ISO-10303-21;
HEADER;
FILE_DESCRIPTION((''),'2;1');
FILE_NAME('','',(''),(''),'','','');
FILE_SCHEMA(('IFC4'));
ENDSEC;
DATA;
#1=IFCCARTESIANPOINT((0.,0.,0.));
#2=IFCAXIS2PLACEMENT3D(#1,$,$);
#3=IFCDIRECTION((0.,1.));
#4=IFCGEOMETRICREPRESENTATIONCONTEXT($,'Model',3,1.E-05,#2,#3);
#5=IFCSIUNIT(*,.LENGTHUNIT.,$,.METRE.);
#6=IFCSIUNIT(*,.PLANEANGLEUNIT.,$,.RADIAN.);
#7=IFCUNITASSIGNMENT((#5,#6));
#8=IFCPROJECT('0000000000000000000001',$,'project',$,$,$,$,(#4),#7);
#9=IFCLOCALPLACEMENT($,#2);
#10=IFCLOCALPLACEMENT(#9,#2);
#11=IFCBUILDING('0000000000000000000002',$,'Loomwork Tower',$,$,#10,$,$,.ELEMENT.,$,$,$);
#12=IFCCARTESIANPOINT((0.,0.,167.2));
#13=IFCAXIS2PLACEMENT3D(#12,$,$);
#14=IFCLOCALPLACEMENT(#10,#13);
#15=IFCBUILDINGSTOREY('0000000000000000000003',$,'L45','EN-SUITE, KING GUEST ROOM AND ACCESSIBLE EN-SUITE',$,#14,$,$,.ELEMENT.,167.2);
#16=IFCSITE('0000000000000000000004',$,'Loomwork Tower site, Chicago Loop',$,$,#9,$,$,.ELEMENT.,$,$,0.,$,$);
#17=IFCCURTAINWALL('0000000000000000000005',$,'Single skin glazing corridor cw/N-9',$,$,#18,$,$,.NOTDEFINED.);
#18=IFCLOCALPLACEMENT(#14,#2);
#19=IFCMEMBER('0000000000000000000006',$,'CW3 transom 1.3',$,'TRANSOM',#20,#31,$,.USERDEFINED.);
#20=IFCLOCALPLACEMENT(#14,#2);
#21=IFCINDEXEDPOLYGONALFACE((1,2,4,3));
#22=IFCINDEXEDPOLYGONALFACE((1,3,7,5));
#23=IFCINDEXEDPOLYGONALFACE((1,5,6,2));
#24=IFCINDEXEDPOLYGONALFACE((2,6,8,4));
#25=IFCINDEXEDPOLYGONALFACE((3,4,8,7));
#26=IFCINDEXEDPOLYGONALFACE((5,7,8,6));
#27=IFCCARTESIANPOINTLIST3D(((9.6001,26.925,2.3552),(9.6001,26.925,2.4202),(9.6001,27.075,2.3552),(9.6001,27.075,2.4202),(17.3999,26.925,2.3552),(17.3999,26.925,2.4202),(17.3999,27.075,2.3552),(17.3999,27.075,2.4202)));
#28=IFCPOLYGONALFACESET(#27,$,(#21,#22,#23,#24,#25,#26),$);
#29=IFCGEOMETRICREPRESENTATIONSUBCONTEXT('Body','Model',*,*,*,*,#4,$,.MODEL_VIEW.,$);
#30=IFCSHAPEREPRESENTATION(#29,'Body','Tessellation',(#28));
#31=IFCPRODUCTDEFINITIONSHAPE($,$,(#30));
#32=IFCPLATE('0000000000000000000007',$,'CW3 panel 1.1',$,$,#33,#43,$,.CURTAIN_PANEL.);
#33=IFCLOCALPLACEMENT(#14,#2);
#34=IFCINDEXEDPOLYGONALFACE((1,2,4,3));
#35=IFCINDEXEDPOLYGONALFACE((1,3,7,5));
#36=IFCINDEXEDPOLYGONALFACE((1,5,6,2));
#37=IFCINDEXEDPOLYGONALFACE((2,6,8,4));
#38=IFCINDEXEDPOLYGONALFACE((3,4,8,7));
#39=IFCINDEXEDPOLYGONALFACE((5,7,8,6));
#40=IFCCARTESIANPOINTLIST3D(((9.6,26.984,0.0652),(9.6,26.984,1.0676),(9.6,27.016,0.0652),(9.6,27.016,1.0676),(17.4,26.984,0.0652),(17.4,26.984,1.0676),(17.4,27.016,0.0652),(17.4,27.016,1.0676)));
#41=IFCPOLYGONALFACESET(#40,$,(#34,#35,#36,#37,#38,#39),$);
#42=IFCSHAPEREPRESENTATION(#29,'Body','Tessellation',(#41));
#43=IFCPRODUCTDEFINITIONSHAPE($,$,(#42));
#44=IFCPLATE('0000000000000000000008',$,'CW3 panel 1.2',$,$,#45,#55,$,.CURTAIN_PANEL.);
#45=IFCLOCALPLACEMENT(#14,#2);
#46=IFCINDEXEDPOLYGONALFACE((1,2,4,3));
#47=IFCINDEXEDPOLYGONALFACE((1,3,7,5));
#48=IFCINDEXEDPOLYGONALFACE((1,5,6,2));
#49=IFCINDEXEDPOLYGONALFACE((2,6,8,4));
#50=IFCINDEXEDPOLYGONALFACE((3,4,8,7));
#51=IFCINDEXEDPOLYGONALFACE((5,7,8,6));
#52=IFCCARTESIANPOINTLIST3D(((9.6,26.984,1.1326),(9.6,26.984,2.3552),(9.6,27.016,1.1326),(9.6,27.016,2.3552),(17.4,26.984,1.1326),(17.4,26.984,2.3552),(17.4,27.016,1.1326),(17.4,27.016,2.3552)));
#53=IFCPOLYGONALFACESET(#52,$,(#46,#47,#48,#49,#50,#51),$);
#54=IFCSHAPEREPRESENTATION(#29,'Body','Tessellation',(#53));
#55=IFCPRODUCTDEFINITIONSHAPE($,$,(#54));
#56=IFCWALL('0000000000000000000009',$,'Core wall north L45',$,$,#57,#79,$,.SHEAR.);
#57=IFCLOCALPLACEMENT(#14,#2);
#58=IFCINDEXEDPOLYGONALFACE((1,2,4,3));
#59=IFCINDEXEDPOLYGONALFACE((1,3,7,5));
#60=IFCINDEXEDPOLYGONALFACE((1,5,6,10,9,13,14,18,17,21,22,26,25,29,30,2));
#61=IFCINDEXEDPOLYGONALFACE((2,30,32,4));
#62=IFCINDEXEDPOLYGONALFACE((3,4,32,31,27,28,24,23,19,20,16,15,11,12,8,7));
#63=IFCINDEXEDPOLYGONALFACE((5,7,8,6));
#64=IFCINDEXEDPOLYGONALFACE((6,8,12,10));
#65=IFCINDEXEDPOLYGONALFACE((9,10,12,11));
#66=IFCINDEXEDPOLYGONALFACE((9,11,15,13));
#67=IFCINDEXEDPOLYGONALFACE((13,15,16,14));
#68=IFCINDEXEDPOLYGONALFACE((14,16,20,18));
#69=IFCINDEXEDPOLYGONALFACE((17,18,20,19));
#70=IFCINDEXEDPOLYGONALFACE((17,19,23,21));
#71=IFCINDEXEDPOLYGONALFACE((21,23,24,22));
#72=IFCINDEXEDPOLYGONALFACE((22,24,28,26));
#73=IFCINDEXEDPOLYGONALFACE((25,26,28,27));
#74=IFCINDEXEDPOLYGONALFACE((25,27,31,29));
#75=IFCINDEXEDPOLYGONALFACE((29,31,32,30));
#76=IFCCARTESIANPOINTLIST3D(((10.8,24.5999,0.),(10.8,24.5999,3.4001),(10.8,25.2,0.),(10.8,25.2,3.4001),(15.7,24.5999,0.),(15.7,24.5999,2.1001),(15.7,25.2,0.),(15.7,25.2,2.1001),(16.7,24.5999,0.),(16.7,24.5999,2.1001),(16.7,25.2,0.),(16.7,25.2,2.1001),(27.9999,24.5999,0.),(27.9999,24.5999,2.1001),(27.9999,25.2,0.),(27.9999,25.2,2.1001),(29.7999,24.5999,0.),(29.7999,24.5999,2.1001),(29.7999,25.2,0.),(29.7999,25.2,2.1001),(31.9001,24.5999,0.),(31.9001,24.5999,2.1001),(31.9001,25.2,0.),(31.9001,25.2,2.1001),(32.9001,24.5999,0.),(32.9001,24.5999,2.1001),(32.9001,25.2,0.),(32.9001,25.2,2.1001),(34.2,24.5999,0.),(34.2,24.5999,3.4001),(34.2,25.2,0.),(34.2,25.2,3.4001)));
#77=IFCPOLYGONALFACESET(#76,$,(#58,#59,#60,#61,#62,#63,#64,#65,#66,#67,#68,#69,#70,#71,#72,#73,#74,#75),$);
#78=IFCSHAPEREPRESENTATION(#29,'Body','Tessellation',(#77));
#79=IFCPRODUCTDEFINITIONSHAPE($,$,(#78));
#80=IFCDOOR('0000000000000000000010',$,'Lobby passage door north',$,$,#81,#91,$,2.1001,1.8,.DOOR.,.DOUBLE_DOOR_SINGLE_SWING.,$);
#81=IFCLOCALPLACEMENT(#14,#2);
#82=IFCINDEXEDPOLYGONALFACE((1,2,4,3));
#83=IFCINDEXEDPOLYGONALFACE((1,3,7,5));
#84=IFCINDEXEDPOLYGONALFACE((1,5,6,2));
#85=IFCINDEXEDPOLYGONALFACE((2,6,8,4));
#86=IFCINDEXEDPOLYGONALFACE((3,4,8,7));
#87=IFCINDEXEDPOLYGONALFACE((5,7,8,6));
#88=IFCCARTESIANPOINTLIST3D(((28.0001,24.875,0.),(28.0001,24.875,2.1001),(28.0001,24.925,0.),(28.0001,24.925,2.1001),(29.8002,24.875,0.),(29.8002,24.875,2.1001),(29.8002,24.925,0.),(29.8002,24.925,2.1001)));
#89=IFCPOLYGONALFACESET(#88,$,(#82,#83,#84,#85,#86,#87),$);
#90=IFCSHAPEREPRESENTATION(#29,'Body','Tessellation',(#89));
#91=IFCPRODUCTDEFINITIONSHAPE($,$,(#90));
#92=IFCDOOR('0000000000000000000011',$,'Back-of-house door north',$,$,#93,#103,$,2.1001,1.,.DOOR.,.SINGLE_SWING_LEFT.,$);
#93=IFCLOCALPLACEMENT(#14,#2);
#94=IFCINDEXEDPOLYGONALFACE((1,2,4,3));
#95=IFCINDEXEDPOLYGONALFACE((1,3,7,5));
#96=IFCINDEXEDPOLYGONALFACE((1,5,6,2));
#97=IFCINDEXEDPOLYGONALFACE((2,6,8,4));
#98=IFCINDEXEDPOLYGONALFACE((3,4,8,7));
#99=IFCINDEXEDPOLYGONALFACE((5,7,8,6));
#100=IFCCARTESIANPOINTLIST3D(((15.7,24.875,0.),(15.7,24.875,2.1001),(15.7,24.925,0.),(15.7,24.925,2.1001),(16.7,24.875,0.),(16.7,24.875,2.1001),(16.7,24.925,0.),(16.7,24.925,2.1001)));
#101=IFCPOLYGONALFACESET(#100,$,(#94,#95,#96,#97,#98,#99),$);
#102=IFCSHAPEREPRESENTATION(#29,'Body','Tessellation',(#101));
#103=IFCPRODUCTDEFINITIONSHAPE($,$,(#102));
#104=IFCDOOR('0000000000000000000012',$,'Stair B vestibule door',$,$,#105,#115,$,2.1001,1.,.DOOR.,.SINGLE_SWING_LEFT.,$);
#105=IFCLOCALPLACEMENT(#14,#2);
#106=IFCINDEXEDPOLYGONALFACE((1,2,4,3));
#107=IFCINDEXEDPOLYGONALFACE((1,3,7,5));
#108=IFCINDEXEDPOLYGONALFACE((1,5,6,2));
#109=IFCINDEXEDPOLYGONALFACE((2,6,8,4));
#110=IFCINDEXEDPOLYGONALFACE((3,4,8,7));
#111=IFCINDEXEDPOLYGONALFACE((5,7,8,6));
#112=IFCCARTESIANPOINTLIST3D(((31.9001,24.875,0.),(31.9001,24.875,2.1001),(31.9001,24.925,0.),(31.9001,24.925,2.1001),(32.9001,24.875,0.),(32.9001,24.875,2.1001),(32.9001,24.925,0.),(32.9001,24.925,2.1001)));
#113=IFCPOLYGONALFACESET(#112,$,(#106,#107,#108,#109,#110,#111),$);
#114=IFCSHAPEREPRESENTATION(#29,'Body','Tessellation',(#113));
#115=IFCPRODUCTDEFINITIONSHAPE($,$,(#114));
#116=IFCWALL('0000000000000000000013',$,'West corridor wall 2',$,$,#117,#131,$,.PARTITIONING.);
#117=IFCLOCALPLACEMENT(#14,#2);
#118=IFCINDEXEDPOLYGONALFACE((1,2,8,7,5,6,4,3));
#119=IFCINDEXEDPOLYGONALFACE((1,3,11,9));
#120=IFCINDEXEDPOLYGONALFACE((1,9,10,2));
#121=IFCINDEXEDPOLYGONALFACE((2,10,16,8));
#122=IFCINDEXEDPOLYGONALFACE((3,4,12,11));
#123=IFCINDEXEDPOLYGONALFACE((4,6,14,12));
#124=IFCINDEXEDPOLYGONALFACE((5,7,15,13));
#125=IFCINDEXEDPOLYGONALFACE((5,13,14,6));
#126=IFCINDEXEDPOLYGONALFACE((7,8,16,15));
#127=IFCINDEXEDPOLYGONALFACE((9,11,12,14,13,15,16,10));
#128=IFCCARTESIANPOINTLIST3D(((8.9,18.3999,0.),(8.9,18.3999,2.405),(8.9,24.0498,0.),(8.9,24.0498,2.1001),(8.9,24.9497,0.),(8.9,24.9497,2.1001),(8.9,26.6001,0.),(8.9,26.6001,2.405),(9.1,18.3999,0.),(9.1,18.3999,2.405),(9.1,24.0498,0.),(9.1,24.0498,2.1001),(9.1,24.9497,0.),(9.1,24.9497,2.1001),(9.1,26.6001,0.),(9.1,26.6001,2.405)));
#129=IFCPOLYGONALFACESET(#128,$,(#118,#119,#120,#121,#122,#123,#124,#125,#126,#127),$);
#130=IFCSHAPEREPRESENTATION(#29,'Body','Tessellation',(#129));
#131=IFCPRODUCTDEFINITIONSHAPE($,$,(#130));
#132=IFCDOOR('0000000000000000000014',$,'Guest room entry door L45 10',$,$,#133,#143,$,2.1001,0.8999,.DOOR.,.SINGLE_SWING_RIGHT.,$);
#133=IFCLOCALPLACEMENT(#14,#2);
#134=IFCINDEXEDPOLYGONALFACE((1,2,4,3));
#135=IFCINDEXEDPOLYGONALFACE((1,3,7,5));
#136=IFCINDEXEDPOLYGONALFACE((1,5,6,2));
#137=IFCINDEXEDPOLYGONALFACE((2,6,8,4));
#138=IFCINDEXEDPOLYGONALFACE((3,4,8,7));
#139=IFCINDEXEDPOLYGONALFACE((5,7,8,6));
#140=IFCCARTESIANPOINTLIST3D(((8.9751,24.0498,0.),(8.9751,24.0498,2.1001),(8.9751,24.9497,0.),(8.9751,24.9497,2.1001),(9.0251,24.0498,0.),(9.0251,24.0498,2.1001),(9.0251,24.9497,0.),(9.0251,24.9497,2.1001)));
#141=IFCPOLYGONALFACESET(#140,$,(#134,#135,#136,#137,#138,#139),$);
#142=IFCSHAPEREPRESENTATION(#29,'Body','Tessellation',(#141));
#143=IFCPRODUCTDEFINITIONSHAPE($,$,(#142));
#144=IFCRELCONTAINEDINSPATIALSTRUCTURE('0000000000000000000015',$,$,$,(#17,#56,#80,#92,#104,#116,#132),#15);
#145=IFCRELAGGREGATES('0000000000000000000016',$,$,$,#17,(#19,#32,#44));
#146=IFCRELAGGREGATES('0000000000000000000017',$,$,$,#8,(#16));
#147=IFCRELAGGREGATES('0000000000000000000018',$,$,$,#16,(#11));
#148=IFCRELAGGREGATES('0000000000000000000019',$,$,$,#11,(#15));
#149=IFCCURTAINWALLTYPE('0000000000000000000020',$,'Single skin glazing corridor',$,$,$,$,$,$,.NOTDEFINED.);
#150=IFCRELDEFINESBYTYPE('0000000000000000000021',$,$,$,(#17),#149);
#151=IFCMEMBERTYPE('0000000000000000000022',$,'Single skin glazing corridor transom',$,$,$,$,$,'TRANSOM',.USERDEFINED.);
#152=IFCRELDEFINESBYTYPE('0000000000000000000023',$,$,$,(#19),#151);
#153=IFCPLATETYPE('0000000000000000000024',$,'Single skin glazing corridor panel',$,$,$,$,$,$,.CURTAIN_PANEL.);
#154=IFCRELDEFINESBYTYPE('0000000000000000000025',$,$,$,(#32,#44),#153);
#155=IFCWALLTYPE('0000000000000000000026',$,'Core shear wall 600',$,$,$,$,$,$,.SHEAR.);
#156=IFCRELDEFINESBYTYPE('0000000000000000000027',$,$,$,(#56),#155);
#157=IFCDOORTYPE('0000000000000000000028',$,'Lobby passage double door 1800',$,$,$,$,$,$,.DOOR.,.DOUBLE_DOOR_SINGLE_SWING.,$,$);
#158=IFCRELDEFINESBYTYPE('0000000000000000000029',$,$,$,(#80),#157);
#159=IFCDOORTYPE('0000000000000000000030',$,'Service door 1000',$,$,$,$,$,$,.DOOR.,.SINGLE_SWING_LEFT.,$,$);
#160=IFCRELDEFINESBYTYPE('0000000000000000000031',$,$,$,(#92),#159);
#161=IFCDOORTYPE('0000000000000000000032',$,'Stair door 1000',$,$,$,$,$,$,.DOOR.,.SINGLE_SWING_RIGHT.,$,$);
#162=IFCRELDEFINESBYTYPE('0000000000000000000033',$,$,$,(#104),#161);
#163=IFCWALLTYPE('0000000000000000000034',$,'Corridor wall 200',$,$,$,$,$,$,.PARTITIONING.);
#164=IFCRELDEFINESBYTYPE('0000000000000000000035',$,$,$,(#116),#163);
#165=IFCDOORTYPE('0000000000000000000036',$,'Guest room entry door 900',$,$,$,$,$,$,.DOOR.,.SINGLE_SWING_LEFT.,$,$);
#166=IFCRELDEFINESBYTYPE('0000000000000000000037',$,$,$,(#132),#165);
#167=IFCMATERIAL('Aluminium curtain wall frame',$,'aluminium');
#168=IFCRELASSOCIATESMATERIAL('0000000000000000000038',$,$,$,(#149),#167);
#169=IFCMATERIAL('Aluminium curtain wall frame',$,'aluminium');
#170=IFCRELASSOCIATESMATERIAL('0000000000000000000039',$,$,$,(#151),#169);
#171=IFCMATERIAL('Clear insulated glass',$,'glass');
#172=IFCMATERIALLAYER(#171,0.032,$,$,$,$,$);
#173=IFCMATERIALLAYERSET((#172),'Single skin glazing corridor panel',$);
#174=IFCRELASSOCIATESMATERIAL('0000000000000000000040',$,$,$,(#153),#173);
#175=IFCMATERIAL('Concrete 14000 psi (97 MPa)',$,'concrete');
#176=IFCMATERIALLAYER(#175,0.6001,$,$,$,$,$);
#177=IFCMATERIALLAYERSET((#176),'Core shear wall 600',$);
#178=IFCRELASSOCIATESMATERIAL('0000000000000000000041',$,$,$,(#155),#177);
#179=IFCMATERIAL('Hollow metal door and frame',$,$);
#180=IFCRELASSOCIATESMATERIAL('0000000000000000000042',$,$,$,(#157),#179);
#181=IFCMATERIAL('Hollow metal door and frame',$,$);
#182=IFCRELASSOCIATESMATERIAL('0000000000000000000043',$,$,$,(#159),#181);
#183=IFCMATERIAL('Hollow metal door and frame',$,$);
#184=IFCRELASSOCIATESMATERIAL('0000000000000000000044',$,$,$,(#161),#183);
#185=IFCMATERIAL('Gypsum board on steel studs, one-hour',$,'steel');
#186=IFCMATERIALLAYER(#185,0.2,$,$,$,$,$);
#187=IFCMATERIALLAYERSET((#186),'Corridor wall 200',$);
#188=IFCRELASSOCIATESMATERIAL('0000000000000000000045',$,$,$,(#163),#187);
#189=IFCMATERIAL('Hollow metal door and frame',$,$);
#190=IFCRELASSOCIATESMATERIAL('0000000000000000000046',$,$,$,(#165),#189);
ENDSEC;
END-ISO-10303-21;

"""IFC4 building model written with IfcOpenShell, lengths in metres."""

from ifc_helpers import new_model, si_unit, direction, frame, frame_2d, origin, origin_2d, place, context, subcontext, project, spatial, rectangle, extrude, material, layer, layer_set, material_profile, profile_set, type_object, element, fill, aggregate, save


model = new_model("IFC4")

# Units and contexts
model_context = context("Model", 3, precision=1e-05, world=origin(), true_north=direction((0.0, 1.0)))
body_context = subcontext(model_context, "Body", "Model", "MODEL_VIEW")
ifc_project = project(units=[si_unit("LENGTHUNIT", "METRE"), si_unit("PLANEANGLEUNIT", "RADIAN")], contexts=[model_context])

# Site, building, storey
site_placement = place(None, origin())
site = spatial("IfcSite", under=ifc_project, at=site_placement, Name="Loomwork Tower site, Chicago Loop", CompositionType="ELEMENT", RefElevation=0.0)
building_placement = place(site_placement, origin())
building = spatial("IfcBuilding", under=site, at=building_placement, Name="Loomwork Tower", CompositionType="ELEMENT")
storey_placement = place(building_placement, frame((0.0, 0.0, 167.2)))
storey = spatial("IfcBuildingStorey", under=building, at=storey_placement, Name="L45", Description="EN-SUITE, KING GUEST ROOM AND ACCESSIBLE EN-SUITE", CompositionType="ELEMENT", Elevation=167.2)

# Shared definitions
ifc_material_1 = material(Name="Aluminium curtain wall frame", Category="aluminium")
curtain_wall_type = type_object("IfcCurtainWallType", Name="Single skin glazing corridor", PredefinedType="NOTDEFINED", material=ifc_material_1)

# Curtain wall
curtain_wall_1_placement = place(storey_placement, origin())
curtain_wall_1 = element("IfcCurtainWall", 1, at=curtain_wall_1_placement, inside=storey, type_object=curtain_wall_type, Name="Single skin glazing corridor cw/N-9", PredefinedType="NOTDEFINED")

# Member
ifc_material_2 = material(Name="Aluminium curtain wall frame", Category="aluminium")
ifc_material_profile_1 = material_profile(ifc_material_2, rectangle(XDim=0.1499, YDim=0.0649, at=origin_2d()), Name="AL 65x150")
ifc_profile_set_1 = profile_set([ifc_material_profile_1], Name="Aluminium curtain wall frame")
member_type_1 = type_object("IfcMemberType", Name="Single skin glazing corridor transom", ElementType="TRANSOM", PredefinedType="USERDEFINED", material=ifc_profile_set_1)
member_1_placement = place(storey_placement, frame((17.3999, 27.0, 2.3877), z_axis=(-1.0, 0.0, 0.0), x_axis=(0.0, -1.0, 0.0)))
member_1 = element("IfcMember", 2, at=member_1_placement, type_object=member_type_1, Name="CW3 transom 1.3", ObjectType="TRANSOM", PredefinedType="USERDEFINED", context=body_context, shape_type="SweptSolid", body=[
    extrude(rectangle(XDim=0.1499, YDim=0.0649, at=origin_2d()), origin(), (0.0, 0.0, 1.0), 7.7998),
])

# Plates
ifc_material_3 = material(Name="Clear insulated glass", Category="glass")
ifc_layer_1 = layer(ifc_material_3, 0.032)
ifc_layer_set_1 = layer_set([ifc_layer_1], Name="Single skin glazing corridor panel")
plate_type = type_object("IfcPlateType", Name="Single skin glazing corridor panel", PredefinedType="CURTAIN_PANEL", material=ifc_layer_set_1)
plate_1_placement = place(storey_placement, frame((13.5, 27.0, 0.0652), z_axis=(0.0, 0.0, 1.0), x_axis=(-1.0, 0.0, 0.0)))
plate_1 = element("IfcPlate", 3, at=plate_1_placement, type_object=plate_type, Name="CW3 panel 1.1", PredefinedType="CURTAIN_PANEL", context=body_context, shape_type="SweptSolid", body=[
    extrude(rectangle(XDim=7.8, YDim=0.032, at=origin_2d()), origin(), (0.0, 0.0, 1.0), 1.0024),
])
plate_2_placement = place(storey_placement, frame((13.5, 27.0, 1.1326), z_axis=(0.0, 0.0, 1.0), x_axis=(-1.0, 0.0, 0.0)))
plate_2 = element("IfcPlate", 4, at=plate_2_placement, type_object=plate_type, Name="CW3 panel 1.2", PredefinedType="CURTAIN_PANEL", context=body_context, shape_type="SweptSolid", body=[
    extrude(rectangle(XDim=7.8, YDim=0.032, at=origin_2d()), origin(), (0.0, 0.0, 1.0), 1.2227),
])
aggregate(curtain_wall_1, [member_1, plate_1, plate_2])

# Wall, openings, doors
ifc_material_4 = material(Name="Concrete 14000 psi (97 MPa)", Category="concrete")
ifc_layer_2 = layer(ifc_material_4, 0.6001)
ifc_layer_set_2 = layer_set([ifc_layer_2], Name="Core shear wall 600")
wall_type_1 = type_object("IfcWallType", Name="Core shear wall 600", PredefinedType="SHEAR", material=ifc_layer_set_2)
wall_1_placement = place(storey_placement, frame((10.8, 24.8999, 0.0), z_axis=(0.0, 0.0, 1.0), x_axis=(1.0, 0.0, 0.0)))
wall_1 = element("IfcWall", 5, at=wall_1_placement, inside=storey, type_object=wall_type_1, Name="Core wall north L45", PredefinedType="SHEAR", context=body_context, shape_type="SweptSolid", body=[
    extrude(rectangle(XDim=23.3999, YDim=0.6001, at=frame_2d((11.7, 0.0))), origin(), (0.0, 0.0, 1.0), 3.4001),
])
opening_1_placement = place(wall_1_placement, frame((17.2, 0.0, 0.0)))
opening_1 = element("IfcOpeningElement", 6, at=opening_1_placement, cuts=wall_1, PredefinedType="OPENING", context=body_context, shape_type="SweptSolid", body=[
    extrude(rectangle(XDim=1.8, YDim=2.1001, at=frame_2d((0.8999, 1.05))), frame((0.0, 0.3101, 0.0), z_axis=(0.0, -1.0, 0.0), x_axis=(1.0, 0.0, 0.0)), (0.0, 0.0, 1.0), 0.6201),
])
opening_2_placement = place(wall_1_placement, frame((21.1001, 0.0, 0.0)))
opening_2 = element("IfcOpeningElement", 7, at=opening_2_placement, cuts=wall_1, PredefinedType="OPENING", context=body_context, shape_type="SweptSolid", body=[
    extrude(rectangle(XDim=1.0, YDim=2.1001, at=frame_2d((0.5, 1.05))), frame((0.0, 0.3101, 0.0), z_axis=(0.0, -1.0, 0.0), x_axis=(1.0, 0.0, 0.0)), (0.0, 0.0, 1.0), 0.6201),
])
opening_3_placement = place(wall_1_placement, frame((4.8999, 0.0, 0.0)))
opening_3 = element("IfcOpeningElement", 8, at=opening_3_placement, cuts=wall_1, PredefinedType="OPENING", context=body_context, shape_type="SweptSolid", body=[
    extrude(rectangle(XDim=1.0, YDim=2.1001, at=frame_2d((0.5, 1.05))), frame((0.0, 0.3101, 0.0), z_axis=(0.0, -1.0, 0.0), x_axis=(1.0, 0.0, 0.0)), (0.0, 0.0, 1.0), 0.6201),
])
ifc_material_5 = material(Name="Hollow metal door and frame")
door_type_1 = type_object("IfcDoorType", Name="Lobby passage double door 1800", OperationType="DOUBLE_DOOR_SINGLE_SWING", PredefinedType="DOOR", material=ifc_material_5)
door_1_placement = place(opening_1_placement, frame((1.8, 0.0, 0.0), z_axis=(0.0, 0.0, 1.0), x_axis=(-1.0, 0.0, 0.0)))
door_1 = element("IfcDoor", 9, at=door_1_placement, inside=storey, type_object=door_type_1, Name="Lobby passage door north", OperationType="DOUBLE_DOOR_SINGLE_SWING", OverallHeight=2.1001, OverallWidth=1.8, PredefinedType="DOOR", context=body_context, shape_type="SweptSolid", body=[
    extrude(rectangle(XDim=1.8, YDim=2.1001, at=frame_2d((0.8999, 1.05))), frame((0.0, 0.0249, 0.0), z_axis=(0.0, -1.0, 0.0), x_axis=(1.0, 0.0, 0.0)), (0.0, 0.0, 1.0), 0.05),
])
fill(opening_1, door_1)
ifc_material_6 = material(Name="Hollow metal door and frame")
door_type_2 = type_object("IfcDoorType", Name="Service door 1000", OperationType="SINGLE_SWING_LEFT", PredefinedType="DOOR", material=ifc_material_6)
door_2_placement = place(opening_3_placement, frame((1.0, 0.0, 0.0), z_axis=(0.0, 0.0, 1.0), x_axis=(-1.0, 0.0, 0.0)))
door_2 = element("IfcDoor", 10, at=door_2_placement, inside=storey, type_object=door_type_2, Name="Back-of-house door north", OperationType="SINGLE_SWING_LEFT", OverallHeight=2.1001, OverallWidth=1.0, PredefinedType="DOOR", context=body_context, shape_type="SweptSolid", body=[
    extrude(rectangle(XDim=1.0, YDim=2.1001, at=frame_2d((0.5, 1.05))), frame((0.0, 0.0249, 0.0), z_axis=(0.0, -1.0, 0.0), x_axis=(1.0, 0.0, 0.0)), (0.0, 0.0, 1.0), 0.05),
])
fill(opening_3, door_2)
ifc_material_7 = material(Name="Hollow metal door and frame")
door_type_3 = type_object("IfcDoorType", Name="Stair door 1000", OperationType="SINGLE_SWING_RIGHT", PredefinedType="DOOR", material=ifc_material_7)
door_3_placement = place(opening_2_placement, frame((1.0, 0.0, 0.0), z_axis=(0.0, 0.0, 1.0), x_axis=(-1.0, 0.0, 0.0)))
door_3 = element("IfcDoor", 11, at=door_3_placement, inside=storey, type_object=door_type_3, Name="Stair B vestibule door", OperationType="SINGLE_SWING_LEFT", OverallHeight=2.1001, OverallWidth=1.0, PredefinedType="DOOR", context=body_context, shape_type="SweptSolid", body=[
    extrude(rectangle(XDim=1.0, YDim=2.1001, at=frame_2d((0.5, 1.05))), frame((0.0, 0.0249, 0.0), z_axis=(0.0, -1.0, 0.0), x_axis=(1.0, 0.0, 0.0)), (0.0, 0.0, 1.0), 0.05),
])
fill(opening_2, door_3)

# Wall, opening, door
ifc_material_8 = material(Name="Gypsum board on steel studs, one-hour", Category="steel")
ifc_layer_3 = layer(ifc_material_8, 0.2)
ifc_layer_set_3 = layer_set([ifc_layer_3], Name="Corridor wall 200")
wall_type_2 = type_object("IfcWallType", Name="Corridor wall 200", PredefinedType="PARTITIONING", material=ifc_layer_set_3)
wall_2_placement = place(storey_placement, frame((9.0, 18.3999, 0.0), z_axis=(0.0, 0.0, 1.0), x_axis=(0.0, 1.0, 0.0)))
wall_2 = element("IfcWall", 12, at=wall_2_placement, inside=storey, type_object=wall_type_2, Name="West corridor wall 2", PredefinedType="PARTITIONING", context=body_context, shape_type="SweptSolid", body=[
    extrude(rectangle(XDim=8.2002, YDim=0.2, at=frame_2d((4.1001, 0.0))), origin(), (0.0, 0.0, 1.0), 2.405),
])
opening_4_placement = place(wall_2_placement, frame((5.6499, 0.0, 0.0)))
opening_4 = element("IfcOpeningElement", 13, at=opening_4_placement, cuts=wall_2, PredefinedType="OPENING", context=body_context, shape_type="SweptSolid", body=[
    extrude(rectangle(XDim=0.8999, YDim=2.1001, at=frame_2d((0.45, 1.05))), frame((0.0, 0.1099, 0.0), z_axis=(0.0, -1.0, 0.0), x_axis=(1.0, 0.0, 0.0)), (0.0, 0.0, 1.0), 0.22),
])
ifc_material_9 = material(Name="Hollow metal door and frame")
door_type_4 = type_object("IfcDoorType", Name="Guest room entry door 900", OperationType="SINGLE_SWING_LEFT", PredefinedType="DOOR", material=ifc_material_9)
door_4_placement = place(opening_4_placement, origin())
door_4 = element("IfcDoor", 14, at=door_4_placement, inside=storey, type_object=door_type_4, Name="Guest room entry door L45 10", OperationType="SINGLE_SWING_RIGHT", OverallHeight=2.1001, OverallWidth=0.8999, PredefinedType="DOOR", context=body_context, shape_type="SweptSolid", body=[
    extrude(rectangle(XDim=0.8999, YDim=2.1001, at=frame_2d((0.45, 1.05))), frame((0.0, 0.0249, 0.0), z_axis=(0.0, -1.0, 0.0), x_axis=(1.0, 0.0, 0.0)), (0.0, 0.0, 1.0), 0.05),
])
fill(opening_4, door_4)

save(model, "model.ifc")
